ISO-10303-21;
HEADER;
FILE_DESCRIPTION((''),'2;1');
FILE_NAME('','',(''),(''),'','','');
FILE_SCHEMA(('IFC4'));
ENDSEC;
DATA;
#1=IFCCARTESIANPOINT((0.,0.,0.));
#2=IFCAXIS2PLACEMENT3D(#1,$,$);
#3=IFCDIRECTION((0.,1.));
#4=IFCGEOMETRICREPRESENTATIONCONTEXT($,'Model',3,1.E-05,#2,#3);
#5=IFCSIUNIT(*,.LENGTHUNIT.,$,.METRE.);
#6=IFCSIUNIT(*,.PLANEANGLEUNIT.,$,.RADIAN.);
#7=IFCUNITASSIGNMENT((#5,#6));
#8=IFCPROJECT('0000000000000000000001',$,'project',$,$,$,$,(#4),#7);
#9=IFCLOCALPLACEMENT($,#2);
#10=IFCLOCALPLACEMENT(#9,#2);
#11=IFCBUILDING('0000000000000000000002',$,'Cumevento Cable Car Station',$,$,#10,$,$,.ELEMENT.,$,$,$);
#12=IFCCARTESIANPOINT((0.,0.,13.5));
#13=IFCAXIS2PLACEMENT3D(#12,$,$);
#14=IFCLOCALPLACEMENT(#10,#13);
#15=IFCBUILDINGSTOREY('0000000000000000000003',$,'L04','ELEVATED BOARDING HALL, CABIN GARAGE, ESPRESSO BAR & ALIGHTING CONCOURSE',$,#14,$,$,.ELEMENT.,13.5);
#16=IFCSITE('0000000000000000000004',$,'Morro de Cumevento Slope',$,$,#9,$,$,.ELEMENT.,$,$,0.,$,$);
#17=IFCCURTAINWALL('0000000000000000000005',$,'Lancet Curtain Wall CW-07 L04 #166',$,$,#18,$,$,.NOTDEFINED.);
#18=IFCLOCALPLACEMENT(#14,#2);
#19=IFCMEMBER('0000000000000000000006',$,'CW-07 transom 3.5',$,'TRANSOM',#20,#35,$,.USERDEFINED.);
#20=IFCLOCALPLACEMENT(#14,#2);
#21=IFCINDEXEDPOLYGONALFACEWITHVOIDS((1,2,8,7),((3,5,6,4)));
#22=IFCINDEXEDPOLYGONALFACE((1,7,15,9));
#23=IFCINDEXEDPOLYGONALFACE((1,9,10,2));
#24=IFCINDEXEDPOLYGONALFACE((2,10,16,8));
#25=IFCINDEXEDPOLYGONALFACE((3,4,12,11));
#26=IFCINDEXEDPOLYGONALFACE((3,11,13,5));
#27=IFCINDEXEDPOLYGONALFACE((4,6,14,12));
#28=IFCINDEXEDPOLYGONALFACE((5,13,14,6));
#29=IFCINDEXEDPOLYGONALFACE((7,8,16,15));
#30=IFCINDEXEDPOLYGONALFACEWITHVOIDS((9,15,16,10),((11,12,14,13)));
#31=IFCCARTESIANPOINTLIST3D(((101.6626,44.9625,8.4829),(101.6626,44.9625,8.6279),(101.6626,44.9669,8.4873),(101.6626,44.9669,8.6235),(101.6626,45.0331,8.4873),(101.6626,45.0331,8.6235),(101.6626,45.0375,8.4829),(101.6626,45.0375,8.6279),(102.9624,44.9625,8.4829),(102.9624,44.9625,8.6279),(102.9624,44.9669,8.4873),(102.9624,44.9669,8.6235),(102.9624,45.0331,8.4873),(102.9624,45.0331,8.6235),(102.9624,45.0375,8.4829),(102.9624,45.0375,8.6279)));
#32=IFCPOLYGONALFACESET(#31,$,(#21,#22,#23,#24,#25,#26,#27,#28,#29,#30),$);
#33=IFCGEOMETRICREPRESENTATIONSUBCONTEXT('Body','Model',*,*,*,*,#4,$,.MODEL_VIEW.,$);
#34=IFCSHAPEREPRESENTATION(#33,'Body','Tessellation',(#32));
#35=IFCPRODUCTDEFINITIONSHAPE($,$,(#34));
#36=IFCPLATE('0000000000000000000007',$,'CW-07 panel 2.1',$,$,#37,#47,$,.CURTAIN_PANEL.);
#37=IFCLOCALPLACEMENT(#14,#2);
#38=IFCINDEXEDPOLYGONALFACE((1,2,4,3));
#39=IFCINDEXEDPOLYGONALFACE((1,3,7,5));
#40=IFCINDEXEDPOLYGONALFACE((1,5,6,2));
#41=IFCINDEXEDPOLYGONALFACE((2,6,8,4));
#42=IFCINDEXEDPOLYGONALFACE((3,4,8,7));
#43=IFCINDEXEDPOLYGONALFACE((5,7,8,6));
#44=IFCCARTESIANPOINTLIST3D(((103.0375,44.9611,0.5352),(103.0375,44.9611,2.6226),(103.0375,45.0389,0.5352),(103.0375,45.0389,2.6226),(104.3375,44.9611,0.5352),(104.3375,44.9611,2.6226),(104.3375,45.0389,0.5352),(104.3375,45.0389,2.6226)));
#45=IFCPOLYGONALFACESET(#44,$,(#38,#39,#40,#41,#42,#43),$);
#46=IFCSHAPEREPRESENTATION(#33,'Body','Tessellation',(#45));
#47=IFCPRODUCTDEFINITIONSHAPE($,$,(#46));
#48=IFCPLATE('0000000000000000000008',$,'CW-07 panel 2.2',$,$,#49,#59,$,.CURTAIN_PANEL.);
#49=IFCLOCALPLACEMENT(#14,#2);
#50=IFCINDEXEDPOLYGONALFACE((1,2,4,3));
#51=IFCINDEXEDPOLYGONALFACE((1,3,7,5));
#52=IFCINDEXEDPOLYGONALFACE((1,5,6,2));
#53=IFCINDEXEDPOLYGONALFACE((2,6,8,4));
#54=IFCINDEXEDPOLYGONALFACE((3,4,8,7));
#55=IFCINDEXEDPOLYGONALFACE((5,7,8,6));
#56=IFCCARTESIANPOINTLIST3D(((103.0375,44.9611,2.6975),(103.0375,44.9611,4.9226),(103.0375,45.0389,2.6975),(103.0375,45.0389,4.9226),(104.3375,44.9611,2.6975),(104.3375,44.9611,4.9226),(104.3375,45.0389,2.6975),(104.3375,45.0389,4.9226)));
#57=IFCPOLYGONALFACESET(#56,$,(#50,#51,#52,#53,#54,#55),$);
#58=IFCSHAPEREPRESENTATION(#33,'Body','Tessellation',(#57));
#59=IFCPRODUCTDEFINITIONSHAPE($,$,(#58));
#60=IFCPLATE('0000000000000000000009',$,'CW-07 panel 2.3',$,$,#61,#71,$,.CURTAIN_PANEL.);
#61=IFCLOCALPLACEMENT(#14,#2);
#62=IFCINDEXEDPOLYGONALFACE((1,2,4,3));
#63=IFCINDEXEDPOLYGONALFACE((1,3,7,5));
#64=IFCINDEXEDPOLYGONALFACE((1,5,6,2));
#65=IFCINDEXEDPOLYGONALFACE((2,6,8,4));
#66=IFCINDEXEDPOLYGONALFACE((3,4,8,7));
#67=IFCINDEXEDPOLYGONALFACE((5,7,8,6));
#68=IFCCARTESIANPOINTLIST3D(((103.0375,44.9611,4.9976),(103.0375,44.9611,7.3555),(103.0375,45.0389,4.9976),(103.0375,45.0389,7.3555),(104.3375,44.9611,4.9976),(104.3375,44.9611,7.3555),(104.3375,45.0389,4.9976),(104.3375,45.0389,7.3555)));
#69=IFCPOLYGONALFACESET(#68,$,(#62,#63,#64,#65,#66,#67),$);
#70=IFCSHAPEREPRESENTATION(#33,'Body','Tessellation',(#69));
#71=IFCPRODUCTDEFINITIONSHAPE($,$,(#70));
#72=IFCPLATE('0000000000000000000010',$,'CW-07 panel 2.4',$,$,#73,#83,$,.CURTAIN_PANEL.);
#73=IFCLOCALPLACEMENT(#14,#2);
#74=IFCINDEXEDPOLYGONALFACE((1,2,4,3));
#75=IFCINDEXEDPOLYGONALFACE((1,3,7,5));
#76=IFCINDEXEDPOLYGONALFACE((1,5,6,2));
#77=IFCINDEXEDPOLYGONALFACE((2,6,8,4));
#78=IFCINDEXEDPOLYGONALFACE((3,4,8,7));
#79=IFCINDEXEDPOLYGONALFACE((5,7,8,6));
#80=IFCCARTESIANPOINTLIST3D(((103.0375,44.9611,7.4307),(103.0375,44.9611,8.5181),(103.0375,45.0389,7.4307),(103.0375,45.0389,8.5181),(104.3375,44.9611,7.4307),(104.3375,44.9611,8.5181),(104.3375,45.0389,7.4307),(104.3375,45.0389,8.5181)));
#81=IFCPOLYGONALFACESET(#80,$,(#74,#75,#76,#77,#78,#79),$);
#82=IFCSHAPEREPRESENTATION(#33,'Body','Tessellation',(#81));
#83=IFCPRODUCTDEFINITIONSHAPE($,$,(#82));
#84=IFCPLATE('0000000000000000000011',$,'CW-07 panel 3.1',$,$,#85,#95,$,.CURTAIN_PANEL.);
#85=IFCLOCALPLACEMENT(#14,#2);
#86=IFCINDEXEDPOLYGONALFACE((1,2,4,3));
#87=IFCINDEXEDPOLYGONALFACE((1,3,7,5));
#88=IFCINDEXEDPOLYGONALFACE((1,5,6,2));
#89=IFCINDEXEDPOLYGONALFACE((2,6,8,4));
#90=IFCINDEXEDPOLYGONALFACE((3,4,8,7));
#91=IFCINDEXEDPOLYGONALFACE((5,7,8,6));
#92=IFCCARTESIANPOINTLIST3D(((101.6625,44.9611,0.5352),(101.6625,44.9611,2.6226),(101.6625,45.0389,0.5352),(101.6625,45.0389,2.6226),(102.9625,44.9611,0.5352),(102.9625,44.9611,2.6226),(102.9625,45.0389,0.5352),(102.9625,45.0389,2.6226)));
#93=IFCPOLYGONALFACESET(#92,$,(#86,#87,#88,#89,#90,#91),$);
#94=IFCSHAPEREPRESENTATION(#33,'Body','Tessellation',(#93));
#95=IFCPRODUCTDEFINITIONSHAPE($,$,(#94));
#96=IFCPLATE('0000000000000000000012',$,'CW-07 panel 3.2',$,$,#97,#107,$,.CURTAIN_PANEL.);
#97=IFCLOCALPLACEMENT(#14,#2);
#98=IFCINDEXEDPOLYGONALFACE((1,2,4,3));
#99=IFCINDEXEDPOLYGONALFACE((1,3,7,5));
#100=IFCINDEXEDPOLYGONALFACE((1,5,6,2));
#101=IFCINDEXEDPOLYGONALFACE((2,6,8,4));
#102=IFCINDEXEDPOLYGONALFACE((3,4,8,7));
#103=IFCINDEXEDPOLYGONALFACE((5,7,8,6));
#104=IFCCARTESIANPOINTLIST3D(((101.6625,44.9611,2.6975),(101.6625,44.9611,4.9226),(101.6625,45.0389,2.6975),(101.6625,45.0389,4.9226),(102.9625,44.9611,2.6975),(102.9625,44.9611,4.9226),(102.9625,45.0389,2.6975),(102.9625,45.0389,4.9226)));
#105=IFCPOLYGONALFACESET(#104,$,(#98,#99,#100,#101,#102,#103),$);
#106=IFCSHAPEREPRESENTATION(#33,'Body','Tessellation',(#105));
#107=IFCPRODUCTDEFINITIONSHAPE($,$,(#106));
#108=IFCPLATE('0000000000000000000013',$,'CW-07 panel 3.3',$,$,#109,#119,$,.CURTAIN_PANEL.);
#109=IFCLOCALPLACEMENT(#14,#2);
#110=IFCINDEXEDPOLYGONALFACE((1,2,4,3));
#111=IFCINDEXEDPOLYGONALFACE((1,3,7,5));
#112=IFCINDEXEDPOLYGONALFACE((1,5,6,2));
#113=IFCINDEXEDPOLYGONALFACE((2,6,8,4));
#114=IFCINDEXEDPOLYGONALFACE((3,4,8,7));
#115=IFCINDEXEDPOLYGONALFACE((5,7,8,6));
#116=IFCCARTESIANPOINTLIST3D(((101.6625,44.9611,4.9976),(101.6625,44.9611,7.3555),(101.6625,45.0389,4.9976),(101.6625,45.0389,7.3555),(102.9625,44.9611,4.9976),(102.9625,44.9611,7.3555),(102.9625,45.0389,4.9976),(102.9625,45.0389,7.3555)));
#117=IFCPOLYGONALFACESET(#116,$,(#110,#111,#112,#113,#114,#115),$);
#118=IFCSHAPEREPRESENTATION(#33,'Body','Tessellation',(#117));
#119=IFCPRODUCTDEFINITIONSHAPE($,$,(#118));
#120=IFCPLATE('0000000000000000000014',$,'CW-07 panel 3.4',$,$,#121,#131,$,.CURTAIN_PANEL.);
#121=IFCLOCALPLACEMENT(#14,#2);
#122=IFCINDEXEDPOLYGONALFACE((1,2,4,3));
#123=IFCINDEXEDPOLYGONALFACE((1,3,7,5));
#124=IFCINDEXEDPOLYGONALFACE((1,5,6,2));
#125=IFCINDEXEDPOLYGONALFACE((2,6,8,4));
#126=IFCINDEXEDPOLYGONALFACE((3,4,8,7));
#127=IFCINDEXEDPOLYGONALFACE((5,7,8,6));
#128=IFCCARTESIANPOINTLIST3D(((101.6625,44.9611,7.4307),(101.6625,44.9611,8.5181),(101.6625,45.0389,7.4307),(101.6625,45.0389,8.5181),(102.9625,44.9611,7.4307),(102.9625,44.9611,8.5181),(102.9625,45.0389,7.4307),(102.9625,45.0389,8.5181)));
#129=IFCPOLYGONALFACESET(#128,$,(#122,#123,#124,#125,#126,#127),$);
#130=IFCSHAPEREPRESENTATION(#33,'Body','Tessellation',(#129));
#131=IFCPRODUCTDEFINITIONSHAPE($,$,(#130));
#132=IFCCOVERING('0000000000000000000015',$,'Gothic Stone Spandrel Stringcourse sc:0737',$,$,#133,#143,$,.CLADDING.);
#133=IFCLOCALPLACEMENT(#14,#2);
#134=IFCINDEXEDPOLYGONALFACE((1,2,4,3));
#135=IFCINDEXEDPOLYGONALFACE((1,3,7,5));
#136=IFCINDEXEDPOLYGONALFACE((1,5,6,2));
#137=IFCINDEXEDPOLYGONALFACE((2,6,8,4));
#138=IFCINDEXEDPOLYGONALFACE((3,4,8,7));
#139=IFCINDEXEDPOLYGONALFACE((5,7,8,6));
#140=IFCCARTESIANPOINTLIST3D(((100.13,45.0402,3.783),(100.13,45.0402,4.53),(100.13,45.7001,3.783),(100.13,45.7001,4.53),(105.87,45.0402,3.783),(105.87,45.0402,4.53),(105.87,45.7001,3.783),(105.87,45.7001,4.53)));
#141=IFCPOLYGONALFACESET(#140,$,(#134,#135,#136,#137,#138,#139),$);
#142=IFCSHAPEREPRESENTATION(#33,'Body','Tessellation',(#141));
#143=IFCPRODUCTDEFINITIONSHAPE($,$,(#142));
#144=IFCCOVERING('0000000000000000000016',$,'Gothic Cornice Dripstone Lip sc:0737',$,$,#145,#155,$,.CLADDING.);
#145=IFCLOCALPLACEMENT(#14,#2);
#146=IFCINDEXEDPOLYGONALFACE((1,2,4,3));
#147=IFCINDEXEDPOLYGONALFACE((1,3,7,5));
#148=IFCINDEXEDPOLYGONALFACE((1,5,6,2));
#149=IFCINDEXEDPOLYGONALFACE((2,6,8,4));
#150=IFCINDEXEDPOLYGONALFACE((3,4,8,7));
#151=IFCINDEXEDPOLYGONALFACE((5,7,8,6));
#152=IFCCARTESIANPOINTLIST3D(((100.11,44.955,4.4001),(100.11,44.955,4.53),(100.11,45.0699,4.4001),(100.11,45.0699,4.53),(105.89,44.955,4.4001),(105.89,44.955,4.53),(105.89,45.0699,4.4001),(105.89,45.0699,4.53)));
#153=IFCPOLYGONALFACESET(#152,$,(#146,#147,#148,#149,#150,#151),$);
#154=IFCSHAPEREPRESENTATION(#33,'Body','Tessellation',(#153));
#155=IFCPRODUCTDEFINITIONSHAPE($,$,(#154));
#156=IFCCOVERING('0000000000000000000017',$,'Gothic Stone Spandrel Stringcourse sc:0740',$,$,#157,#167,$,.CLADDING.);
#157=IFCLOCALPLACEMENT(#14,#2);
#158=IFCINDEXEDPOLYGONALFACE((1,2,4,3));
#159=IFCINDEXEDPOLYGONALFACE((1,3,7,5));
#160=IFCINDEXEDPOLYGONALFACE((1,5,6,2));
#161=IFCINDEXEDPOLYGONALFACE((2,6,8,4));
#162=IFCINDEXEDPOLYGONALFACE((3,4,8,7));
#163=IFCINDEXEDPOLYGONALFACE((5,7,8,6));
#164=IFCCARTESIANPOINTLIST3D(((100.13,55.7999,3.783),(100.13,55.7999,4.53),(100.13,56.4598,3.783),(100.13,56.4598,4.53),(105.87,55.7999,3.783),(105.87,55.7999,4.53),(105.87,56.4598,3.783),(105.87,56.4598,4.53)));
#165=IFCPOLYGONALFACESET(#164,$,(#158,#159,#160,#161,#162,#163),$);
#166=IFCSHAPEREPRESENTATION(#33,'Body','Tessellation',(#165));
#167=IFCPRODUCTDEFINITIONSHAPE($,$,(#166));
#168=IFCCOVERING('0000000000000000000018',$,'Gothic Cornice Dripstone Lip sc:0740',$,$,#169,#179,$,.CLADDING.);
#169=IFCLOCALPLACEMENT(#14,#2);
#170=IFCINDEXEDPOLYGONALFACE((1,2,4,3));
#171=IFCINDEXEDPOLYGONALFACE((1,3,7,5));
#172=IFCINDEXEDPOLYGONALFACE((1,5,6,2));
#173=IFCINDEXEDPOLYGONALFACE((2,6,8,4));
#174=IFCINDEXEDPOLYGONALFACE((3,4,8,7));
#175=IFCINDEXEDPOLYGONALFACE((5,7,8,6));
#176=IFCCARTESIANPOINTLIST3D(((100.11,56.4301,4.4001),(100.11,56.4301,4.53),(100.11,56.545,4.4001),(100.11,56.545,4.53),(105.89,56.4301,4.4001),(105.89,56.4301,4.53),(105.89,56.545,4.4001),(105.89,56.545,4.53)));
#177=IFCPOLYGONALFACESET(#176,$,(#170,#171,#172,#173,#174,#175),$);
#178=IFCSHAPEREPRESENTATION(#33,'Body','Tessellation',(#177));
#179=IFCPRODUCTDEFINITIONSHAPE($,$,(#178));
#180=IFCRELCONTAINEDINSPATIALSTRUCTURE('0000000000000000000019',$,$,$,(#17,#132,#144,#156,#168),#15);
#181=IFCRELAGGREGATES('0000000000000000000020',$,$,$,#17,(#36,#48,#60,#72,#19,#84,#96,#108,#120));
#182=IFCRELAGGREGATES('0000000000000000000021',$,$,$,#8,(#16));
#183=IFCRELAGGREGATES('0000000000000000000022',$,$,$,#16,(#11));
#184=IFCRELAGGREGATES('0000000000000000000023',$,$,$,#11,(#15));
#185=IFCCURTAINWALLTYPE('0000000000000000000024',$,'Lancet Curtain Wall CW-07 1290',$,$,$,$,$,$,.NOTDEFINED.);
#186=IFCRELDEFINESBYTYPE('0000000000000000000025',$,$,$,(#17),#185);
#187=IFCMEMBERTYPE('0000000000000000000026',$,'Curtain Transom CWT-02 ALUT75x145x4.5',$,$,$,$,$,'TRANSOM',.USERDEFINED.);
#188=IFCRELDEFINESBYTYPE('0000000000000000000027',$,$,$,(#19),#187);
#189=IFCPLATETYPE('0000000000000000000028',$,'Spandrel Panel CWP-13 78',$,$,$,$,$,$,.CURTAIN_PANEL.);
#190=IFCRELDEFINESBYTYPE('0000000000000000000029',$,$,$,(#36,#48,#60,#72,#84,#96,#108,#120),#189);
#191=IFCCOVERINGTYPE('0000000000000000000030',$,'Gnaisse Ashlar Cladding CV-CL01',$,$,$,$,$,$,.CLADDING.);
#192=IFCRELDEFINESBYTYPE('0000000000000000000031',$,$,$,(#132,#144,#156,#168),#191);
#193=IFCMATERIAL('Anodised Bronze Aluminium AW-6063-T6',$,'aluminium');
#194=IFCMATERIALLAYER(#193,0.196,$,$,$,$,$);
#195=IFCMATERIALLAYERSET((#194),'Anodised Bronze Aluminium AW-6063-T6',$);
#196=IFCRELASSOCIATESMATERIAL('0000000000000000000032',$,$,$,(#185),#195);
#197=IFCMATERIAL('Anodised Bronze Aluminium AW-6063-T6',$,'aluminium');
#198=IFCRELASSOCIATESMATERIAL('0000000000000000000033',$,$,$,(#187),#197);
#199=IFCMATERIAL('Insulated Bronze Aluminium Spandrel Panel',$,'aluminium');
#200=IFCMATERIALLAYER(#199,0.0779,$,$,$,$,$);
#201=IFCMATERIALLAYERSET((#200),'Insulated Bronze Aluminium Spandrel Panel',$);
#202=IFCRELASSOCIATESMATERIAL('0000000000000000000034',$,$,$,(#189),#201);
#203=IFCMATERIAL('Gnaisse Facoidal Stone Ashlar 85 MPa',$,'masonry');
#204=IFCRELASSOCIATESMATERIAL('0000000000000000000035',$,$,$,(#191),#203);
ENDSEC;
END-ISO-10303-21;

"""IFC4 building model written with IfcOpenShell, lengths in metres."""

from ifc_helpers import new_model, si_unit, direction, frame, origin, origin_2d, place, context, subcontext, project, spatial, rectangle, hollow_rectangle, extrude, material, layer, layer_set, material_profile, profile_set, type_object, element, aggregate, save


model = new_model("IFC4")

# Units and contexts
model_context = context("Model", 3, precision=1e-05, world=origin(), true_north=direction((0.0, 1.0)))
body_context = subcontext(model_context, "Body", "Model", "MODEL_VIEW")
ifc_project = project(units=[si_unit("LENGTHUNIT", "METRE"), si_unit("PLANEANGLEUNIT", "RADIAN")], contexts=[model_context])

# Site, building, storey
site_placement = place(None, origin())
site = spatial("IfcSite", under=ifc_project, at=site_placement, Name="Morro de Cumevento Slope", CompositionType="ELEMENT", RefElevation=0.0)
building_placement = place(site_placement, origin())
building = spatial("IfcBuilding", under=site, at=building_placement, Name="Cumevento Cable Car Station", CompositionType="ELEMENT")
storey_placement = place(building_placement, frame((0.0, 0.0, 13.5)))
storey = spatial("IfcBuildingStorey", under=building, at=storey_placement, Name="L04", Description="ELEVATED BOARDING HALL, CABIN GARAGE, ESPRESSO BAR & ALIGHTING CONCOURSE", CompositionType="ELEMENT", Elevation=13.5)

# Curtain wall, member, plates
ifc_material_1 = material(Name="Anodised Bronze Aluminium AW-6063-T6", Category="aluminium")
ifc_layer_1 = layer(ifc_material_1, 0.196)
ifc_layer_set_1 = layer_set([ifc_layer_1], Name="Anodised Bronze Aluminium AW-6063-T6")
curtain_wall_type = type_object("IfcCurtainWallType", Name="Lancet Curtain Wall CW-07 1290", PredefinedType="NOTDEFINED", material=ifc_layer_set_1)
curtain_wall_placement = place(storey_placement, origin())
curtain_wall = element("IfcCurtainWall", 1, at=curtain_wall_placement, inside=storey, type_object=curtain_wall_type, Name="Lancet Curtain Wall CW-07 L04 #166", PredefinedType="NOTDEFINED")
ifc_material_2 = material(Name="Anodised Bronze Aluminium AW-6063-T6", Category="aluminium")
ifc_material_profile_1 = material_profile(ifc_material_2, hollow_rectangle(XDim=0.075, YDim=0.145, WallThickness=0.0044, at=origin_2d()), Name="ALUT75x145x4.5")
ifc_profile_set_1 = profile_set([ifc_material_profile_1], Name="Anodised Bronze Aluminium AW-6063-T6")
member_type_1 = type_object("IfcMemberType", Name="Curtain Transom CWT-02 ALUT75x145x4.5", ElementType="TRANSOM", PredefinedType="USERDEFINED", material=ifc_profile_set_1)
member_1_placement = place(storey_placement, frame((102.9624, 45.0, 8.5554), z_axis=(-1.0, 0.0, 0.0), x_axis=(0.0, -1.0, 0.0)))
member_1 = element("IfcMember", 2, at=member_1_placement, type_object=member_type_1, Name="CW-07 transom 3.5", ObjectType="TRANSOM", PredefinedType="USERDEFINED", context=body_context, shape_type="SweptSolid", body=[
    extrude(hollow_rectangle(XDim=0.075, YDim=0.145, WallThickness=0.0044, at=origin_2d()), origin(), (0.0, 0.0, 1.0), 1.2998),
])
ifc_material_3 = material(Name="Insulated Bronze Aluminium Spandrel Panel", Category="aluminium")
ifc_layer_2 = layer(ifc_material_3, 0.0779)
ifc_layer_set_2 = layer_set([ifc_layer_2], Name="Insulated Bronze Aluminium Spandrel Panel")
plate_type = type_object("IfcPlateType", Name="Spandrel Panel CWP-13 78", PredefinedType="CURTAIN_PANEL", material=ifc_layer_set_2)
plate_1_placement = place(storey_placement, frame((103.6875, 45.0, 0.5352), z_axis=(0.0, 0.0, 1.0), x_axis=(-1.0, 0.0, 0.0)))
plate_1 = element("IfcPlate", 3, at=plate_1_placement, type_object=plate_type, Name="CW-07 panel 2.1", PredefinedType="CURTAIN_PANEL", context=body_context, shape_type="SweptSolid", body=[
    extrude(rectangle(XDim=1.3, YDim=0.0779, at=origin_2d()), origin(), (0.0, 0.0, 1.0), 2.0874),
])
plate_2_placement = place(storey_placement, frame((103.6875, 45.0, 2.6975), z_axis=(0.0, 0.0, 1.0), x_axis=(-1.0, 0.0, 0.0)))
plate_2 = element("IfcPlate", 4, at=plate_2_placement, type_object=plate_type, Name="CW-07 panel 2.2", PredefinedType="CURTAIN_PANEL", context=body_context, shape_type="SweptSolid", body=[
    extrude(rectangle(XDim=1.3, YDim=0.0779, at=origin_2d()), origin(), (0.0, 0.0, 1.0), 2.2251),
])
plate_3_placement = place(storey_placement, frame((103.6875, 45.0, 4.9976), z_axis=(0.0, 0.0, 1.0), x_axis=(-1.0, 0.0, 0.0)))
plate_3 = element("IfcPlate", 5, at=plate_3_placement, type_object=plate_type, Name="CW-07 panel 2.3", PredefinedType="CURTAIN_PANEL", context=body_context, shape_type="SweptSolid", body=[
    extrude(rectangle(XDim=1.3, YDim=0.0779, at=origin_2d()), origin(), (0.0, 0.0, 1.0), 2.3579),
])
plate_4_placement = place(storey_placement, frame((103.6875, 45.0, 7.4307), z_axis=(0.0, 0.0, 1.0), x_axis=(-1.0, 0.0, 0.0)))
plate_4 = element("IfcPlate", 6, at=plate_4_placement, type_object=plate_type, Name="CW-07 panel 2.4", PredefinedType="CURTAIN_PANEL", context=body_context, shape_type="SweptSolid", body=[
    extrude(rectangle(XDim=1.3, YDim=0.0779, at=origin_2d()), origin(), (0.0, 0.0, 1.0), 1.0874),
])
plate_5_placement = place(storey_placement, frame((102.3125, 45.0, 0.5352), z_axis=(0.0, 0.0, 1.0), x_axis=(-1.0, 0.0, 0.0)))
plate_5 = element("IfcPlate", 7, at=plate_5_placement, type_object=plate_type, Name="CW-07 panel 3.1", PredefinedType="CURTAIN_PANEL", context=body_context, shape_type="SweptSolid", body=[
    extrude(rectangle(XDim=1.3, YDim=0.0779, at=origin_2d()), origin(), (0.0, 0.0, 1.0), 2.0874),
])
plate_6_placement = place(storey_placement, frame((102.3125, 45.0, 2.6975), z_axis=(0.0, 0.0, 1.0), x_axis=(-1.0, 0.0, 0.0)))
plate_6 = element("IfcPlate", 8, at=plate_6_placement, type_object=plate_type, Name="CW-07 panel 3.2", PredefinedType="CURTAIN_PANEL", context=body_context, shape_type="SweptSolid", body=[
    extrude(rectangle(XDim=1.3, YDim=0.0779, at=origin_2d()), origin(), (0.0, 0.0, 1.0), 2.2251),
])
plate_7_placement = place(storey_placement, frame((102.3125, 45.0, 4.9976), z_axis=(0.0, 0.0, 1.0), x_axis=(-1.0, 0.0, 0.0)))
plate_7 = element("IfcPlate", 9, at=plate_7_placement, type_object=plate_type, Name="CW-07 panel 3.3", PredefinedType="CURTAIN_PANEL", context=body_context, shape_type="SweptSolid", body=[
    extrude(rectangle(XDim=1.3, YDim=0.0779, at=origin_2d()), origin(), (0.0, 0.0, 1.0), 2.3579),
])
plate_8_placement = place(storey_placement, frame((102.3125, 45.0, 7.4307), z_axis=(0.0, 0.0, 1.0), x_axis=(-1.0, 0.0, 0.0)))
plate_8 = element("IfcPlate", 10, at=plate_8_placement, type_object=plate_type, Name="CW-07 panel 3.4", PredefinedType="CURTAIN_PANEL", context=body_context, shape_type="SweptSolid", body=[
    extrude(rectangle(XDim=1.3, YDim=0.0779, at=origin_2d()), origin(), (0.0, 0.0, 1.0), 1.0874),
])
aggregate(curtain_wall, [plate_1, plate_2, plate_3, plate_4, member_1, plate_5, plate_6, plate_7, plate_8])

# Coverings
ifc_material_4 = material(Name="Gnaisse Facoidal Stone Ashlar 85 MPa", Category="masonry")
covering_type = type_object("IfcCoveringType", Name="Gnaisse Ashlar Cladding CV-CL01", PredefinedType="CLADDING", material=ifc_material_4)
covering_1_placement = place(storey_placement, frame((103.0, 45.3701, 3.783), z_axis=(0.0, 0.0, 1.0), x_axis=(-1.0, 0.0, 0.0)))
element("IfcCovering", 11, at=covering_1_placement, inside=storey, type_object=covering_type, Name="Gothic Stone Spandrel Stringcourse sc:0737", PredefinedType="CLADDING", context=body_context, shape_type="SweptSolid", body=[
    extrude(rectangle(XDim=5.74, YDim=0.6599, at=origin_2d()), origin(), (0.0, 0.0, 1.0), 0.7471),
])
covering_2_placement = place(storey_placement, frame((103.0, 45.0125, 4.4001), z_axis=(0.0, 0.0, 1.0), x_axis=(-1.0, 0.0, 0.0)))
element("IfcCovering", 12, at=covering_2_placement, inside=storey, type_object=covering_type, Name="Gothic Cornice Dripstone Lip sc:0737", PredefinedType="CLADDING", context=body_context, shape_type="SweptSolid", body=[
    extrude(rectangle(XDim=5.78, YDim=0.115, at=origin_2d()), origin(), (0.0, 0.0, 1.0), 0.1299),
])
covering_3_placement = place(storey_placement, frame((103.0, 56.1299, 3.783), z_axis=(0.0, 0.0, 1.0), x_axis=(1.0, 0.0, 0.0)))
element("IfcCovering", 13, at=covering_3_placement, inside=storey, type_object=covering_type, Name="Gothic Stone Spandrel Stringcourse sc:0740", PredefinedType="CLADDING", context=body_context, shape_type="SweptSolid", body=[
    extrude(rectangle(XDim=5.74, YDim=0.6599, at=origin_2d()), origin(), (0.0, 0.0, 1.0), 0.7471),
])
covering_4_placement = place(storey_placement, frame((103.0, 56.4875, 4.4001), z_axis=(0.0, 0.0, 1.0), x_axis=(1.0, 0.0, 0.0)))
element("IfcCovering", 14, at=covering_4_placement, inside=storey, type_object=covering_type, Name="Gothic Cornice Dripstone Lip sc:0740", PredefinedType="CLADDING", context=body_context, shape_type="SweptSolid", body=[
    extrude(rectangle(XDim=5.78, YDim=0.115, at=origin_2d()), origin(), (0.0, 0.0, 1.0), 0.1299),
])

save(model, "model.ifc")
